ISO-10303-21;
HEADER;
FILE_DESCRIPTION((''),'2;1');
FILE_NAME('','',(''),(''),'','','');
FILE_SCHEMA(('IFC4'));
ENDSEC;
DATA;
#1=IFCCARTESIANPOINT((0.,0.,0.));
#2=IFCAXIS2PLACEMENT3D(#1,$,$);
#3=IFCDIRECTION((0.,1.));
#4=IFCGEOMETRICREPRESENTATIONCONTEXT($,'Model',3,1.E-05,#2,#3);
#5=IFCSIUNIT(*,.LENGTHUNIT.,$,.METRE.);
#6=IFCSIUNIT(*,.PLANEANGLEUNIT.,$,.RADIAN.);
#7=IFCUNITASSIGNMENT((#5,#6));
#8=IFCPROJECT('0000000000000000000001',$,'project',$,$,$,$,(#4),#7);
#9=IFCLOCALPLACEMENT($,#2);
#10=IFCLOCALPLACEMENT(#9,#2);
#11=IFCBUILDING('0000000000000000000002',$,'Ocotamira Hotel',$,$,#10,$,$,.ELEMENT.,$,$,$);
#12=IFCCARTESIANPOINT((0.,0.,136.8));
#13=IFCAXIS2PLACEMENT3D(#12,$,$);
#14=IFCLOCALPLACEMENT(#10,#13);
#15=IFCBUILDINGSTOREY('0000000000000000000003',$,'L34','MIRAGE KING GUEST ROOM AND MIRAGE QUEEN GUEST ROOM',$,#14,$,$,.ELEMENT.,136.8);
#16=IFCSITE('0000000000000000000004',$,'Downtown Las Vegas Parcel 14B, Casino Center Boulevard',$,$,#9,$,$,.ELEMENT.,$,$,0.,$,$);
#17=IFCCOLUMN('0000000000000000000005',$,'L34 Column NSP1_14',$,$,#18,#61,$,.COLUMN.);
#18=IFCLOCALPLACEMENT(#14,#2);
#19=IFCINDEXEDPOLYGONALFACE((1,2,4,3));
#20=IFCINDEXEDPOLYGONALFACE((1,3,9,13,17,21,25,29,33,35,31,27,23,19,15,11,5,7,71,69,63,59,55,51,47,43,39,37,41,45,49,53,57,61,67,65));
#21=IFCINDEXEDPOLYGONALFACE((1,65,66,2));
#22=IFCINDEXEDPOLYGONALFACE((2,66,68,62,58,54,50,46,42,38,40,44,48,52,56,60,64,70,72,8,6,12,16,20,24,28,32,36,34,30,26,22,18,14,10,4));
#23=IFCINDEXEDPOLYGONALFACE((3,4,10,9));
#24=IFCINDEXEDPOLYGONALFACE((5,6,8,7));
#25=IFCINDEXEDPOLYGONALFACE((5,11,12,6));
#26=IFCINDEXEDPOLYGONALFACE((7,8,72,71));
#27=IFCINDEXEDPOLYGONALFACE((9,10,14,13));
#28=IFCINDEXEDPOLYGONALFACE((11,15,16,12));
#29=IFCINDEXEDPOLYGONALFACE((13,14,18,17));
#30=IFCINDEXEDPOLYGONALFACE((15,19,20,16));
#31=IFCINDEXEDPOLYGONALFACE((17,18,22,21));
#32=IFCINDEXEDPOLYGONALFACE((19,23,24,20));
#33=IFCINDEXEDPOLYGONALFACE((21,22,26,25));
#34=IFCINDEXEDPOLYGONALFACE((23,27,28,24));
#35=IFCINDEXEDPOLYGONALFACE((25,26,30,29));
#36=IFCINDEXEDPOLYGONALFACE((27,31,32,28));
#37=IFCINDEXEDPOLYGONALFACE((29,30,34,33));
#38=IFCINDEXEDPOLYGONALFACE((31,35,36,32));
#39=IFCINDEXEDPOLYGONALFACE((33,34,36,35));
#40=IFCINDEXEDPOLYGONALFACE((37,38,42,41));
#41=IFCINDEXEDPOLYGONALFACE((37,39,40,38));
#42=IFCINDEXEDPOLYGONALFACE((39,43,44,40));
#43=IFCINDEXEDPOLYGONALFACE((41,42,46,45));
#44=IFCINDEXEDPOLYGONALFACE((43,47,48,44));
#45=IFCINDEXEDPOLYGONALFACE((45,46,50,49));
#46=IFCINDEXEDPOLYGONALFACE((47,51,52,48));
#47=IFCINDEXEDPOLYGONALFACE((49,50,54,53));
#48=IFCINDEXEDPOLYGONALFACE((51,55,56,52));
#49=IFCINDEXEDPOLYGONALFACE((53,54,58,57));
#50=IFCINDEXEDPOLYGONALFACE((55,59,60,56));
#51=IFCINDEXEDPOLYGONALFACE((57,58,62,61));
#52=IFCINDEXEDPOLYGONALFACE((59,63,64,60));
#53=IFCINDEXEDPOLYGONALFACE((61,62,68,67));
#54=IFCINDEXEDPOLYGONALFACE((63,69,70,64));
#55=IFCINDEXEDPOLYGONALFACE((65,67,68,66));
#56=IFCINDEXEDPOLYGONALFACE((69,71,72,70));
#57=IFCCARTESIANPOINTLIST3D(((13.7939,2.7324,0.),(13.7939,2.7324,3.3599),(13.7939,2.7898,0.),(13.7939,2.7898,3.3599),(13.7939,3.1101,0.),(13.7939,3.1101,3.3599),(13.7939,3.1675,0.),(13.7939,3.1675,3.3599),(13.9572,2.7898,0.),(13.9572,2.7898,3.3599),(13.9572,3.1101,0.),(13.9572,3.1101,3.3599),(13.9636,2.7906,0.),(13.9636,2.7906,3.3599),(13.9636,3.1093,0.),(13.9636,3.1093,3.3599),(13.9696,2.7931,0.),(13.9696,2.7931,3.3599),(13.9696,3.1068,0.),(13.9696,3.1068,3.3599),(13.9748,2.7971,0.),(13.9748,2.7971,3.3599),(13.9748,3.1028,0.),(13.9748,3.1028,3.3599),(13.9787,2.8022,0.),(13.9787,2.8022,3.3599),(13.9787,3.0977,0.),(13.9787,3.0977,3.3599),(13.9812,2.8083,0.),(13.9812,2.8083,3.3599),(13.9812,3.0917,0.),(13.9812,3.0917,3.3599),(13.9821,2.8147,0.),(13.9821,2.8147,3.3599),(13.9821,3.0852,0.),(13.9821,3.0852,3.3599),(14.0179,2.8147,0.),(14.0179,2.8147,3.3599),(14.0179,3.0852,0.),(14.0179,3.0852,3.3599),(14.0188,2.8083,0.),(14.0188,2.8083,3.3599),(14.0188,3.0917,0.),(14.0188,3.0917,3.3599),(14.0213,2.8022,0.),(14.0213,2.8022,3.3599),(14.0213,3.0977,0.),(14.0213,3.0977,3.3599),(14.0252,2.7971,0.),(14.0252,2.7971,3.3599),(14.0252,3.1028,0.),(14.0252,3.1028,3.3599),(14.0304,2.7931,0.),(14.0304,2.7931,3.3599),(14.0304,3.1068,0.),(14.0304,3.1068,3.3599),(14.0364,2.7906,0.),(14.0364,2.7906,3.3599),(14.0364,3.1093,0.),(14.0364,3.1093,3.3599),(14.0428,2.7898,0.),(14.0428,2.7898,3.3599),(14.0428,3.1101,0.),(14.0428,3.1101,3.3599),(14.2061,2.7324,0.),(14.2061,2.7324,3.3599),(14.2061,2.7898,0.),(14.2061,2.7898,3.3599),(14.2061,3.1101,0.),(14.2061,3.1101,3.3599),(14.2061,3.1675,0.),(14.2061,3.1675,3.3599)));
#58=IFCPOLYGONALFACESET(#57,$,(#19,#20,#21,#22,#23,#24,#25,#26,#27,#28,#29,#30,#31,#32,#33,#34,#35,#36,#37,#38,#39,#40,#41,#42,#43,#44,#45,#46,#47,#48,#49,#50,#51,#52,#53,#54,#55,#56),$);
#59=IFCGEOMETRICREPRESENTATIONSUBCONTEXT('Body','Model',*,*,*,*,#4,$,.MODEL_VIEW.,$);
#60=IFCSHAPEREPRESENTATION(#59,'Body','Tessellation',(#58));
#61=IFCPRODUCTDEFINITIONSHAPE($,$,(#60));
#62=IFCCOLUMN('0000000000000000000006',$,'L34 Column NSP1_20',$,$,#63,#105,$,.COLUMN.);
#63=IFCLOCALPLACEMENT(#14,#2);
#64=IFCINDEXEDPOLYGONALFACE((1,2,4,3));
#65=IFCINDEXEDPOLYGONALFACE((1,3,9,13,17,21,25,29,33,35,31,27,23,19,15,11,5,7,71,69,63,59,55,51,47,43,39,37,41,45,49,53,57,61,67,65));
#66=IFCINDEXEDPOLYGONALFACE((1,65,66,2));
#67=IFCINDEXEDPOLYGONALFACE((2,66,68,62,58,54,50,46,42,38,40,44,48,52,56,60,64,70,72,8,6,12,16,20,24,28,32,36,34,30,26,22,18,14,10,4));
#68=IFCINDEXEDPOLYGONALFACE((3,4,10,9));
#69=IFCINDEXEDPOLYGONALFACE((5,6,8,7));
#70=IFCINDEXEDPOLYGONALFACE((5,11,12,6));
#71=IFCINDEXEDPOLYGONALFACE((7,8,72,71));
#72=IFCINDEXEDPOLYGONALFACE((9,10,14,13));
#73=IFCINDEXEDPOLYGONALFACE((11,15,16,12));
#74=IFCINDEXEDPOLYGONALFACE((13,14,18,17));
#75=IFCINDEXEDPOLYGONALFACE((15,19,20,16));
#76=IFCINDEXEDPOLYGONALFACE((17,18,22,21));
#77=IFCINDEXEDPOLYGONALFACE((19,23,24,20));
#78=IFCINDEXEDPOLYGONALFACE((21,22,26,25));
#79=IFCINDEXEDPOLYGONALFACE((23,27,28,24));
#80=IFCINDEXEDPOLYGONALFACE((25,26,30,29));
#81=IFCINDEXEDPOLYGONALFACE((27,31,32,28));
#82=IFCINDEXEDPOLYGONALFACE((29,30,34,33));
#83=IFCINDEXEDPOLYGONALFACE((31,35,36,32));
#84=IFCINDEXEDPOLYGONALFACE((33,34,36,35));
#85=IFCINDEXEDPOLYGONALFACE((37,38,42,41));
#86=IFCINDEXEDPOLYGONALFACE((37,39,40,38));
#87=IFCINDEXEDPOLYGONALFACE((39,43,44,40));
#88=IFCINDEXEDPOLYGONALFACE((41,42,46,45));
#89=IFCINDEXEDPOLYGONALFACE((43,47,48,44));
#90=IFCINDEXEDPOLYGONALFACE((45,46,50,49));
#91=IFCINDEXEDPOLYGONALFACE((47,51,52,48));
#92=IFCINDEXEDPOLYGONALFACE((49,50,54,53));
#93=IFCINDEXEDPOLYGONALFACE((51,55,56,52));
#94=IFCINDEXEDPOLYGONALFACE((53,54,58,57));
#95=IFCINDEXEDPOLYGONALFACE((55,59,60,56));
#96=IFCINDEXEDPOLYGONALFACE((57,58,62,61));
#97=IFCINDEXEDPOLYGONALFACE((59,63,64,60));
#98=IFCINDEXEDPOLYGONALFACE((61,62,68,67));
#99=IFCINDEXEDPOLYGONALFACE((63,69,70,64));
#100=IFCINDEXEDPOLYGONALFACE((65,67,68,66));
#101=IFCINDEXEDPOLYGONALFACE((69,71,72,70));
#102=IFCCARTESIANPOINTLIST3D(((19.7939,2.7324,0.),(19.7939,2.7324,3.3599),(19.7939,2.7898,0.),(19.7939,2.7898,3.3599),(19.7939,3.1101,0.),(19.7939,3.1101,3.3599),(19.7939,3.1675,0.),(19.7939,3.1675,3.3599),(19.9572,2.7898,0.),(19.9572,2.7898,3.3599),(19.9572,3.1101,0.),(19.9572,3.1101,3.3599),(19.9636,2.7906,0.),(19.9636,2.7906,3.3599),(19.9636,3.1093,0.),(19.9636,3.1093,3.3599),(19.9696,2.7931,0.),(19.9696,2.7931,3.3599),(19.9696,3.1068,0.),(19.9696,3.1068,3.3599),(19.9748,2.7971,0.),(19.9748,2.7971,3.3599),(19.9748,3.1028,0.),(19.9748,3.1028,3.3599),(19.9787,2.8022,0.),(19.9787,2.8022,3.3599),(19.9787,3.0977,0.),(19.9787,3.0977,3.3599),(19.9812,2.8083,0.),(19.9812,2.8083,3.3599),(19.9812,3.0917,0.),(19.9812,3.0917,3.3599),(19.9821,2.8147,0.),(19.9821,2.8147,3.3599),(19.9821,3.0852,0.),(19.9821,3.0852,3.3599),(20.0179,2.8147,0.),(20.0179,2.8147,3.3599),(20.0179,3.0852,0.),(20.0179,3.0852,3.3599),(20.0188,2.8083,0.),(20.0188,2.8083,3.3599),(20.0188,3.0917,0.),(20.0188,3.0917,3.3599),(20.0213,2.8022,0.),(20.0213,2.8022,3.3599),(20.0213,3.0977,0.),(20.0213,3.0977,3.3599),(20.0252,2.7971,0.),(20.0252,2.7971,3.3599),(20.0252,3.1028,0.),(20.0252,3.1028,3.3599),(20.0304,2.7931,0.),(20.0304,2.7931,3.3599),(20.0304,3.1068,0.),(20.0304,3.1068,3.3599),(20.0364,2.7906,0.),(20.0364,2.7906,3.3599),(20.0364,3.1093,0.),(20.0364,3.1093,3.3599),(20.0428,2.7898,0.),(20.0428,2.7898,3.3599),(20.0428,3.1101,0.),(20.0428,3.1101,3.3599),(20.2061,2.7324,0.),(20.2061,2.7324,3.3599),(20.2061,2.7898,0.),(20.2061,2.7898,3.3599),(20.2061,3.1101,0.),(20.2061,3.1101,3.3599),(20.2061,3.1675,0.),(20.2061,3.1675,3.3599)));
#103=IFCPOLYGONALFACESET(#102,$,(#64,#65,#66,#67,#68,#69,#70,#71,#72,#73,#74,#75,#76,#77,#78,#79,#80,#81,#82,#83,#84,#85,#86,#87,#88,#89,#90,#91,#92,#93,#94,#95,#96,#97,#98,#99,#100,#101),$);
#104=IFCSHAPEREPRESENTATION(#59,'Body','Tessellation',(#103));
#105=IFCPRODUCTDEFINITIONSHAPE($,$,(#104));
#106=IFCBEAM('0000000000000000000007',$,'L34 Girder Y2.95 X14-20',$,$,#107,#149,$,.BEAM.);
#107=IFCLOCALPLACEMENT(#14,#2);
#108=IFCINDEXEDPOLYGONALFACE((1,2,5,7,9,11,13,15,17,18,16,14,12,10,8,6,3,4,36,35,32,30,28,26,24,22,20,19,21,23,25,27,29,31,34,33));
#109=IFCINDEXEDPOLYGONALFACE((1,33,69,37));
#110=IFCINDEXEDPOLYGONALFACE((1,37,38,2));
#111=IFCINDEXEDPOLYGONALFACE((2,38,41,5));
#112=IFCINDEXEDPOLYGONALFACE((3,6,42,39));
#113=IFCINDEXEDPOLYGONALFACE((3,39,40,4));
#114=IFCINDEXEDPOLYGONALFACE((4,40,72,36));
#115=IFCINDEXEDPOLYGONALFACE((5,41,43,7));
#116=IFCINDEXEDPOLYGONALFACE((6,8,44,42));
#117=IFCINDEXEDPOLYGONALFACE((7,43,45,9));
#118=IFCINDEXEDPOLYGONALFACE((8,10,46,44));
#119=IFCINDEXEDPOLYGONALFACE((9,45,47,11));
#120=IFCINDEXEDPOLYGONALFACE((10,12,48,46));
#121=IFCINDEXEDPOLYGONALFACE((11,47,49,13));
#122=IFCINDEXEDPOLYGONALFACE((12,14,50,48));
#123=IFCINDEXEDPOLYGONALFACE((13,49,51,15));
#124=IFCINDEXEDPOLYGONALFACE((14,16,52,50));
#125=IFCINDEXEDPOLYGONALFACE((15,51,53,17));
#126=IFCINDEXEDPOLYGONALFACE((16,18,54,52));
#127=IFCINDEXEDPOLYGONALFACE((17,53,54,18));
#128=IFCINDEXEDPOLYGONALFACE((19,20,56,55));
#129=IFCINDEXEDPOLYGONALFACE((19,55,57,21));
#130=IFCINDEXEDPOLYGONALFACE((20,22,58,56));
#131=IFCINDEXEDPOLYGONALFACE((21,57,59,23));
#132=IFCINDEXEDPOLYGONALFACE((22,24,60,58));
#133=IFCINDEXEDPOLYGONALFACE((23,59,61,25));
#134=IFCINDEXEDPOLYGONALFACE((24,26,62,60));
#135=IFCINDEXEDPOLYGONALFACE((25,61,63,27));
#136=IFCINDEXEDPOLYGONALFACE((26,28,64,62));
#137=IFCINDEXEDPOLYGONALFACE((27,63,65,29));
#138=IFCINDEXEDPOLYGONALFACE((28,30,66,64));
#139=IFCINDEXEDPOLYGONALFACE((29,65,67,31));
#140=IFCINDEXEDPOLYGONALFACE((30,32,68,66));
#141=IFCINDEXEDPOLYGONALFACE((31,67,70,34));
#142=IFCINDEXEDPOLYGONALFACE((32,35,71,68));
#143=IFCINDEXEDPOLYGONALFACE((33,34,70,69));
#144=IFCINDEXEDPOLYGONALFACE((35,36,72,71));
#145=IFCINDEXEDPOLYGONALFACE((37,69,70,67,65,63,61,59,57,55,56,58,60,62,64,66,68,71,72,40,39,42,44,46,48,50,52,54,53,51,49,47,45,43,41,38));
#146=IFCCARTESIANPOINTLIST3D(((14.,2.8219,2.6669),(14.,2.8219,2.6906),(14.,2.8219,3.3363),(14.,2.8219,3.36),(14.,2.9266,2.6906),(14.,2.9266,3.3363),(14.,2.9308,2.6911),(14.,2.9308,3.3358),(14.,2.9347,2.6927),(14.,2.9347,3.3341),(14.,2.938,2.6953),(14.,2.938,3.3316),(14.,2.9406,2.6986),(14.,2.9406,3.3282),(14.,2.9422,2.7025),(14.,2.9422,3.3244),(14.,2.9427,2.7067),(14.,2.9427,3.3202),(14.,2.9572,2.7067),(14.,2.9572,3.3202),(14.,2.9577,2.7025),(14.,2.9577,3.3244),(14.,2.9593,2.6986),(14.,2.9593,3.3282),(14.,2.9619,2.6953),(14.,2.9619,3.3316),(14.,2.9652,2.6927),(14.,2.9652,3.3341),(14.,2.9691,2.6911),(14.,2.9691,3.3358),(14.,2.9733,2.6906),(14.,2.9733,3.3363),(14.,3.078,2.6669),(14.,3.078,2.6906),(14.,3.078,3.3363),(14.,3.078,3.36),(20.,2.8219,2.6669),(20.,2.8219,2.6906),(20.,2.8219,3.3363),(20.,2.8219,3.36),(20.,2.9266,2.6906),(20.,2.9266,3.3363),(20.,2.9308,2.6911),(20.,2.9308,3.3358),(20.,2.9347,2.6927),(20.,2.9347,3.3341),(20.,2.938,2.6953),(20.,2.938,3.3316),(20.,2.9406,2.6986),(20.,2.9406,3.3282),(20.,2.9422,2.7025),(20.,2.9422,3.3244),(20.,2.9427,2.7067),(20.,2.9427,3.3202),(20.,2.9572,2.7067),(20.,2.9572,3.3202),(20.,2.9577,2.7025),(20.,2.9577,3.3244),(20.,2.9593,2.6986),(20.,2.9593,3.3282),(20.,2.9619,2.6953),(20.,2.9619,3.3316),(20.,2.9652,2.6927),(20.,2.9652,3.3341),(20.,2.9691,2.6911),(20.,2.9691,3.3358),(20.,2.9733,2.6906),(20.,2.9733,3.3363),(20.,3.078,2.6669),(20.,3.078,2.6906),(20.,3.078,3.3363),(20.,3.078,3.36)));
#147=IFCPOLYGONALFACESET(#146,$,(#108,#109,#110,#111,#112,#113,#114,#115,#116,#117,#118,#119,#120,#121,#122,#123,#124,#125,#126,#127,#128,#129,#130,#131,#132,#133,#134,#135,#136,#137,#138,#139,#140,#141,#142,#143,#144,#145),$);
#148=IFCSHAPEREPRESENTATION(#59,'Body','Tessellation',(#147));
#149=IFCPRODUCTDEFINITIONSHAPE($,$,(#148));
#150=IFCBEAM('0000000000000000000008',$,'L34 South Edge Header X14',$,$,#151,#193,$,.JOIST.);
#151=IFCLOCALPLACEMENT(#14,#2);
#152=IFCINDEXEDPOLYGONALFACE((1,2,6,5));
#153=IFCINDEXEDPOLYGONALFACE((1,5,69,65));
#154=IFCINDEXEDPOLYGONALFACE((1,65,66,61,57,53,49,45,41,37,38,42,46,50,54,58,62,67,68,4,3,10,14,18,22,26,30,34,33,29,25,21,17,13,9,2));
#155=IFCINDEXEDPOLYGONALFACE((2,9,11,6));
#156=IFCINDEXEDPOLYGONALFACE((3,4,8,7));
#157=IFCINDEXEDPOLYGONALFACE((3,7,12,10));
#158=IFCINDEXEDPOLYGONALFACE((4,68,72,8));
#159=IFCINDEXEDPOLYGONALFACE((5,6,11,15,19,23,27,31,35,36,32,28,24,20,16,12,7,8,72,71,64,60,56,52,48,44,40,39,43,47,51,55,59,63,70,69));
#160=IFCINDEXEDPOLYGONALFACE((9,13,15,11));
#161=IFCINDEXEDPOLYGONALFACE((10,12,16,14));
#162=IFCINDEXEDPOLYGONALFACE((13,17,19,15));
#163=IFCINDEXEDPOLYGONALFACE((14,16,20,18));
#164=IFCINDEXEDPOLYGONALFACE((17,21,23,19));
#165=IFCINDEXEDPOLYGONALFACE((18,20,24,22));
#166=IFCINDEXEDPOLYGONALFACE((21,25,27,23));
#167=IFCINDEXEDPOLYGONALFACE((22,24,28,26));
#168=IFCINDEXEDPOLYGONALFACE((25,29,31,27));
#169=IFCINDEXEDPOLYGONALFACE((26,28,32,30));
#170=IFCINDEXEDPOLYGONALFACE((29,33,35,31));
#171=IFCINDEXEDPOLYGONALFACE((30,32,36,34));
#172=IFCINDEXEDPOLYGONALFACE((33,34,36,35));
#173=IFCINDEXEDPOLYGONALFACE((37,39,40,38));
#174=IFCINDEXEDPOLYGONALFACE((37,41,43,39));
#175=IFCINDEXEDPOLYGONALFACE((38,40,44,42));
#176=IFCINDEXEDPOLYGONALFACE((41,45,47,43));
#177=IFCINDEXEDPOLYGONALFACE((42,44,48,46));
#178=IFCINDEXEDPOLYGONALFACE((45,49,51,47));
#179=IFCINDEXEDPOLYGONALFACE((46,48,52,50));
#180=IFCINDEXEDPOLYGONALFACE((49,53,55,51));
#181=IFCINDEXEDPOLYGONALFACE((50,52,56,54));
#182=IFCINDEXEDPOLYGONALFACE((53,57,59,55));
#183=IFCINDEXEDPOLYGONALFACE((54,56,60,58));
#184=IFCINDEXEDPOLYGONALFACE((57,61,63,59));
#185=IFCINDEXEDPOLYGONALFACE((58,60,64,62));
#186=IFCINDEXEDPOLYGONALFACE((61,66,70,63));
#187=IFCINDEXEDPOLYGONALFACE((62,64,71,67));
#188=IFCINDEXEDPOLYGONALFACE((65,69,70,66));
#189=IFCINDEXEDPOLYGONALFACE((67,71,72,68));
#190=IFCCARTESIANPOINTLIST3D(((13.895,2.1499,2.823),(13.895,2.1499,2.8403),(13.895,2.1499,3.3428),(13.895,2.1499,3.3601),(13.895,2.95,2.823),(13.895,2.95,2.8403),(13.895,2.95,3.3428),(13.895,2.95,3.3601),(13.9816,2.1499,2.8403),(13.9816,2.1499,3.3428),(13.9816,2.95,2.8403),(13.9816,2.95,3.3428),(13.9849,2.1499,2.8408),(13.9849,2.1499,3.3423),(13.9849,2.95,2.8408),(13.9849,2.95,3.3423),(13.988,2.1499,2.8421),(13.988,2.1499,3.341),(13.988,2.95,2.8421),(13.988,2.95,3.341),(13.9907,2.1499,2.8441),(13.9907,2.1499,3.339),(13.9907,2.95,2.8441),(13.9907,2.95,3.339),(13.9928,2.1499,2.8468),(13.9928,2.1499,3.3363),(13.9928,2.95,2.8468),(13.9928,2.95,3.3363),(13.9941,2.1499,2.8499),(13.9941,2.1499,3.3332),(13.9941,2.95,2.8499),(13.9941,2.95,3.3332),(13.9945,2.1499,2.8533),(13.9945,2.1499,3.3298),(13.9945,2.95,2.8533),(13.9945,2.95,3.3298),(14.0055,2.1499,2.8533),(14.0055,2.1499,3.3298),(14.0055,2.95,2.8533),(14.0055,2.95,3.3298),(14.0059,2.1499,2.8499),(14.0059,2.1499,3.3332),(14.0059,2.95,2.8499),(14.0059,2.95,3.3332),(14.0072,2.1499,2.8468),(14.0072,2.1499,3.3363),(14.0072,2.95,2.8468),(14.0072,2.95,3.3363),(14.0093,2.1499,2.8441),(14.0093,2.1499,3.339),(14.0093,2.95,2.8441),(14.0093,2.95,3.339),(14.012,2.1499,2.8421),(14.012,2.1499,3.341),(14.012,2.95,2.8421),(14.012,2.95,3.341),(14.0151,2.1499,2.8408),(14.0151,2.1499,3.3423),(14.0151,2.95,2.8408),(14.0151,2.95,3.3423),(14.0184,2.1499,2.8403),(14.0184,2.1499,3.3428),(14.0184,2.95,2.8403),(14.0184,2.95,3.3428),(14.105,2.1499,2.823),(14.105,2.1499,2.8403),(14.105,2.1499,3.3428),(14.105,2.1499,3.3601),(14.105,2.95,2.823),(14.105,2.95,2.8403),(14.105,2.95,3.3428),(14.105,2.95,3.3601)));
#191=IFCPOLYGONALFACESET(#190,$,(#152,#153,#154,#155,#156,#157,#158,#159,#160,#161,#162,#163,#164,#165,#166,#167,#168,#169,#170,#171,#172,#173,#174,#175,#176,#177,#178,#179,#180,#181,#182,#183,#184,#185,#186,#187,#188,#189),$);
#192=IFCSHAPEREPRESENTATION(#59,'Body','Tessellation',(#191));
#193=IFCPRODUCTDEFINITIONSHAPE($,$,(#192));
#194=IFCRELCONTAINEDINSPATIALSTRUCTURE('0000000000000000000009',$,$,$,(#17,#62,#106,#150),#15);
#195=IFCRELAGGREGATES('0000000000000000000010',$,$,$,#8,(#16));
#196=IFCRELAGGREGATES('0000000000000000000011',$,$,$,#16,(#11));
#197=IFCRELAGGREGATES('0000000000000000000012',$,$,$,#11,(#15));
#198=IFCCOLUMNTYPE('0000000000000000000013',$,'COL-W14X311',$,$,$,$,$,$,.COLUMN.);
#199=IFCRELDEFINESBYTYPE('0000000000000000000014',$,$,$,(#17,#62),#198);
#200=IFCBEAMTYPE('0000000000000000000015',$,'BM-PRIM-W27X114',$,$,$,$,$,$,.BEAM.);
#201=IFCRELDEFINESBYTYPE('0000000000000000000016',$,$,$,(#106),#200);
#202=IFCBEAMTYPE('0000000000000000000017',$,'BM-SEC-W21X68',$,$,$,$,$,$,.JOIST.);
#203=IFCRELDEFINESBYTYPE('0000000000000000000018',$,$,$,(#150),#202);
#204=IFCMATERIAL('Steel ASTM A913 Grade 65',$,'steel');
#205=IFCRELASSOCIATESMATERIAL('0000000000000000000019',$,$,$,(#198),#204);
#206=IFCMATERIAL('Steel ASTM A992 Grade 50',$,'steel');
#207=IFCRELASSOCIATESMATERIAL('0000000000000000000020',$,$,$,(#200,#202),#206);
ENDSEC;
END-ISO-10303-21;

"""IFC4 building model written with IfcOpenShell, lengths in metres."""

from ifc_helpers import new_model, si_unit, direction, frame, origin, origin_2d, place, context, subcontext, project, spatial, i_section, extrude, source, transform, mapped, material, material_profile, profile_set, type_object, element, save


model = new_model("IFC4")

# Units and contexts
model_context = context("Model", 3, precision=1e-05, world=origin(), true_north=direction((0.0, 1.0)))
body_context = subcontext(model_context, "Body", "Model", "MODEL_VIEW")
ifc_project = project(units=[si_unit("LENGTHUNIT", "METRE"), si_unit("PLANEANGLEUNIT", "RADIAN")], contexts=[model_context])

# Site, building, storey
site_placement = place(None, origin())
site = spatial("IfcSite", under=ifc_project, at=site_placement, Name="Downtown Las Vegas Parcel 14B, Casino Center Boulevard", CompositionType="ELEMENT", RefElevation=0.0)
building_placement = place(site_placement, origin())
building = spatial("IfcBuilding", under=site, at=building_placement, Name="Ocotamira Hotel", CompositionType="ELEMENT")
storey_placement = place(building_placement, frame((0.0, 0.0, 136.8)))
storey = spatial("IfcBuildingStorey", under=building, at=storey_placement, Name="L34", Description="MIRAGE KING GUEST ROOM AND MIRAGE QUEEN GUEST ROOM", CompositionType="ELEMENT", Elevation=136.8)

# Columns
ifc_material_1 = material(Name="Steel ASTM A913 Grade 65", Category="steel")
ifc_material_profile_1 = material_profile(ifc_material_1, i_section(OverallWidth=0.4121, OverallDepth=0.4351, WebThickness=0.0359, FlangeThickness=0.0574, FilletRadius=0.0249, at=origin_2d()), Name="W14X311")
ifc_profile_set_1 = profile_set([ifc_material_profile_1], Name="Steel ASTM A913 Grade 65")
column_type = type_object("IfcColumnType", Name="COL-W14X311", PredefinedType="COLUMN", material=ifc_profile_set_1)
shared_shape_1 = source(origin(), body_context, "Body", "SweptSolid", [
    extrude(i_section(OverallWidth=0.4121, OverallDepth=0.4351, WebThickness=0.0359, FlangeThickness=0.0574, FilletRadius=0.0249, at=origin_2d()), origin(), (0.0, 0.0, 1.0), 3.3599),
])
for number, where, z_axis, x_axis, name in (
    (1, (14.0, 2.95, 0.0), (0.0, 0.0, 1.0), (1.0, 0.0, 0.0), "L34 Column NSP1_14"),
    (2, (20.0, 2.95, 0.0), (0.0, 0.0, 1.0), (1.0, 0.0, 0.0), "L34 Column NSP1_20"),
):
    element("IfcColumn", number, at=place(storey_placement, frame(where, z_axis=z_axis, x_axis=x_axis)), inside=storey, type_object=column_type, Name=name, PredefinedType="COLUMN", context=body_context, shape_type="MappedRepresentation", body=[
        mapped(shared_shape_1, transform((0.0, 0.0, 0.0), scale=1.0)),
    ])

# Beams
ifc_material_2 = material(Name="Steel ASTM A992 Grade 50", Category="steel")
ifc_material_profile_2 = material_profile(ifc_material_2, i_section(OverallWidth=0.2561, OverallDepth=0.6931, WebThickness=0.0144, FlangeThickness=0.0237, FilletRadius=0.0161, at=origin_2d()), Name="W27X114")
ifc_profile_set_2 = profile_set([ifc_material_profile_2], Name="Steel ASTM A992 Grade 50")
beam_type_1 = type_object("IfcBeamType", Name="BM-PRIM-W27X114", PredefinedType="BEAM", material=ifc_profile_set_2)
shared_shape_2 = source(origin(), body_context, "Body", "SweptSolid", [
    extrude(i_section(OverallWidth=0.2561, OverallDepth=0.6931, WebThickness=0.0144, FlangeThickness=0.0237, FilletRadius=0.0161, at=origin_2d()), origin(), (0.0, 0.0, 1.0), 6.0),
])
beam_1_placement = place(storey_placement, frame((14.0, 2.95, 3.0134), z_axis=(1.0, 0.0, 0.0), x_axis=(0.0, 1.0, 0.0)))
element("IfcBeam", 3, at=beam_1_placement, inside=storey, type_object=beam_type_1, Name="L34 Girder Y2.95 X14-20", PredefinedType="BEAM", context=body_context, shape_type="MappedRepresentation", body=[
    mapped(shared_shape_2, transform((0.0, 0.0, 0.0), scale=1.0)),
])
ifc_material_profile_3 = material_profile(ifc_material_2, i_section(OverallWidth=0.21, OverallDepth=0.5371, WebThickness=0.011, FlangeThickness=0.0173, FilletRadius=0.0129, at=origin_2d()), Name="W21X68")
ifc_profile_set_3 = profile_set([ifc_material_profile_3], Name="Steel ASTM A992 Grade 50")
beam_type_2 = type_object("IfcBeamType", Name="BM-SEC-W21X68", PredefinedType="JOIST", material=ifc_profile_set_3)
shared_shape_3 = source(origin(), body_context, "Body", "SweptSolid", [
    extrude(i_section(OverallWidth=0.21, OverallDepth=0.5371, WebThickness=0.011, FlangeThickness=0.0173, FilletRadius=0.0129, at=origin_2d()), origin(), (0.0, 0.0, 1.0), 0.8),
])
beam_2_placement = place(storey_placement, frame((14.0, 2.95, 3.0916), z_axis=(0.0, -1.0, 0.0), x_axis=(1.0, 0.0, 0.0)))
element("IfcBeam", 4, at=beam_2_placement, inside=storey, type_object=beam_type_2, Name="L34 South Edge Header X14", PredefinedType="JOIST", context=body_context, shape_type="MappedRepresentation", body=[
    mapped(shared_shape_3, transform((0.0, 0.0, 0.0), scale=1.0)),
])

save(model, "model.ifc")
